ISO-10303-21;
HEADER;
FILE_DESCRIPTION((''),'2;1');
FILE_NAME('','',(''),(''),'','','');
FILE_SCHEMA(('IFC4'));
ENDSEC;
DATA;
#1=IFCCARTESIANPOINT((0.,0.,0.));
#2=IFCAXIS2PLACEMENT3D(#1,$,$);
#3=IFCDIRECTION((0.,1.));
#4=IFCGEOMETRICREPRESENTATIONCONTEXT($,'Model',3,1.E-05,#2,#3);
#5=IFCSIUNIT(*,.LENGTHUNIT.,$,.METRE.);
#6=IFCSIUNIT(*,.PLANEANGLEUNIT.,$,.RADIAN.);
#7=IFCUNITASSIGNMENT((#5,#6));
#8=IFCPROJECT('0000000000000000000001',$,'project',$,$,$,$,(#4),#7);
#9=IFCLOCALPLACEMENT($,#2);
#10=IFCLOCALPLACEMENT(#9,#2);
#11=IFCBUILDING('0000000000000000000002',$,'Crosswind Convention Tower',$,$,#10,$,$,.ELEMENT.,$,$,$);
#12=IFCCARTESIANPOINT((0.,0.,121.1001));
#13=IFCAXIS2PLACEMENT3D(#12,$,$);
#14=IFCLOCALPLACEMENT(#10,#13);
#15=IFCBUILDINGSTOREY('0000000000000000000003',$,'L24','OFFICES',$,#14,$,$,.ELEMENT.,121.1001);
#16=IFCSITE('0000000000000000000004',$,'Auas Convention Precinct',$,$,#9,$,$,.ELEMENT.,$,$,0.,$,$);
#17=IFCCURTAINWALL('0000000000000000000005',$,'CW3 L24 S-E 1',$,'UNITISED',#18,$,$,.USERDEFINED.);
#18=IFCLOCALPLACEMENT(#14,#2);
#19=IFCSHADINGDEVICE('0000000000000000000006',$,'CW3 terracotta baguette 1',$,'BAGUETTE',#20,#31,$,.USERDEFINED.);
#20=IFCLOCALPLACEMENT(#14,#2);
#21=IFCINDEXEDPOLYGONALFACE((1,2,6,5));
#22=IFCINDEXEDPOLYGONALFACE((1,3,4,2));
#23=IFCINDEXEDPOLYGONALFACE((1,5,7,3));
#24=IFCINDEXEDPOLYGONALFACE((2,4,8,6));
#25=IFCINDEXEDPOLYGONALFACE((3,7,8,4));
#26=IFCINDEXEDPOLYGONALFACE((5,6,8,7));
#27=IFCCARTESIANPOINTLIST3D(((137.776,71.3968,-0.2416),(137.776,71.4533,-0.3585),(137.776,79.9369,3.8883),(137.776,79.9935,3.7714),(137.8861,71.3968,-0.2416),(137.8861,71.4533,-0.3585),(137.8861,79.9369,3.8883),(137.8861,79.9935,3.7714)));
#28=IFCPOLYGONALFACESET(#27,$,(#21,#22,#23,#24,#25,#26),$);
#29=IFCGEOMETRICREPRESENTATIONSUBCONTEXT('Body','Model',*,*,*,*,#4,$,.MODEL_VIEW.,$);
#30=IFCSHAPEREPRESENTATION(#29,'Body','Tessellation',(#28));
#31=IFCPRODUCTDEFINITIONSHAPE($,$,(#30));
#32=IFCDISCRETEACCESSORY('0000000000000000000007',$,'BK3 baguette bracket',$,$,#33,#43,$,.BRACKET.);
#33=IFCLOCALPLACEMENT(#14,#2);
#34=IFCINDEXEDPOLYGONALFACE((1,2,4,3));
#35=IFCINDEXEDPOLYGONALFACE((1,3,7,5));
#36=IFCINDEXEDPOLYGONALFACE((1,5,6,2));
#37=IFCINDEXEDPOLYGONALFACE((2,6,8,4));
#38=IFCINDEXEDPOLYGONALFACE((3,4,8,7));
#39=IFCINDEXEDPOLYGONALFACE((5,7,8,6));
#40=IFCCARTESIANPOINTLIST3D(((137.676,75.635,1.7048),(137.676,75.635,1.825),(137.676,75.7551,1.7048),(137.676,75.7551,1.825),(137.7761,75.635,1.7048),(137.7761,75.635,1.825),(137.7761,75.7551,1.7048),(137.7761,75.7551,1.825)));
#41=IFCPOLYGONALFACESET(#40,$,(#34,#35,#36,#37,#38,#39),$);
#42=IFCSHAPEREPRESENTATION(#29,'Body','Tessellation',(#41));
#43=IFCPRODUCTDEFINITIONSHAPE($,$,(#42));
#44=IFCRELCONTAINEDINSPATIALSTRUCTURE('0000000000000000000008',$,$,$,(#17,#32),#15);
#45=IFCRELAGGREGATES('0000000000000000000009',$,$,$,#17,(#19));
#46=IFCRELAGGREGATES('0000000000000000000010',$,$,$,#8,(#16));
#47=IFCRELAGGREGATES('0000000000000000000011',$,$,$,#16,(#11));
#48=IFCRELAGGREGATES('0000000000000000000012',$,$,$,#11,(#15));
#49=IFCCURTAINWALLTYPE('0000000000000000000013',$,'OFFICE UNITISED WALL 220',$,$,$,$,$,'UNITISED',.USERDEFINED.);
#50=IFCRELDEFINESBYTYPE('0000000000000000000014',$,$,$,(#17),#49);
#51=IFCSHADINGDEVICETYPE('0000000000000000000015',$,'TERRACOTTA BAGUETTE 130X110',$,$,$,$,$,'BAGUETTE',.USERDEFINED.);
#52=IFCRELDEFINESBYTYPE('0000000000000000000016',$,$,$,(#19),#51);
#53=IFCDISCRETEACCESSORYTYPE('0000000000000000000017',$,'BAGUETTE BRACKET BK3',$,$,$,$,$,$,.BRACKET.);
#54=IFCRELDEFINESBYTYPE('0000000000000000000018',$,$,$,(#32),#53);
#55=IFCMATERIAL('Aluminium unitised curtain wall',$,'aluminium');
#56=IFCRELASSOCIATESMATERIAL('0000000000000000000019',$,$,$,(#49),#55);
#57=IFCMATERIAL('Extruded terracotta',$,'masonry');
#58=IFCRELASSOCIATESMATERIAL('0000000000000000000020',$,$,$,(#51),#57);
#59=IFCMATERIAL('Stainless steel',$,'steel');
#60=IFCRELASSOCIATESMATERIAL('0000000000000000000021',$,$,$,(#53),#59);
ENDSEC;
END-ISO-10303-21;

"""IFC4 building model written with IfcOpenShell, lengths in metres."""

from ifc_helpers import new_model, si_unit, direction, frame, origin, origin_2d, place, context, subcontext, project, spatial, rectangle, extrude, material, material_profile, profile_set, type_object, element, aggregate, save


model = new_model("IFC4")

# Units and contexts
model_context = context("Model", 3, precision=1e-05, world=origin(), true_north=direction((0.0, 1.0)))
body_context = subcontext(model_context, "Body", "Model", "MODEL_VIEW")
ifc_project = project(units=[si_unit("LENGTHUNIT", "METRE"), si_unit("PLANEANGLEUNIT", "RADIAN")], contexts=[model_context])

# Site, building, storey
site_placement = place(None, origin())
site = spatial("IfcSite", under=ifc_project, at=site_placement, Name="Auas Convention Precinct", CompositionType="ELEMENT", RefElevation=0.0)
building_placement = place(site_placement, origin())
building = spatial("IfcBuilding", under=site, at=building_placement, Name="Crosswind Convention Tower", CompositionType="ELEMENT")
storey_placement = place(building_placement, frame((0.0, 0.0, 121.1001)))
storey = spatial("IfcBuildingStorey", under=building, at=storey_placement, Name="L24", Description="OFFICES", CompositionType="ELEMENT", Elevation=121.1001)

# Shared definitions
ifc_material_1 = material(Name="Aluminium unitised curtain wall", Category="aluminium")

# Curtain wall
curtain_wall_type_1 = type_object("IfcCurtainWallType", Name="OFFICE UNITISED WALL 220", ElementType="UNITISED", PredefinedType="USERDEFINED", material=ifc_material_1)
curtain_wall_1_placement = place(storey_placement, origin())
curtain_wall_1 = element("IfcCurtainWall", 1, at=curtain_wall_1_placement, inside=storey, type_object=curtain_wall_type_1, Name="CW3 L24 S-E 1", ObjectType="UNITISED", PredefinedType="USERDEFINED")

# Shading device
ifc_material_2 = material(Name="Extruded terracotta", Category="masonry")
ifc_material_profile_1 = material_profile(ifc_material_2, rectangle(XDim=0.1101, YDim=0.1299, at=origin_2d()), Name="TC 110X130")
ifc_profile_set_1 = profile_set([ifc_material_profile_1], Name="Extruded terracotta")
shading_device_type = type_object("IfcShadingDeviceType", Name="TERRACOTTA BAGUETTE 130X110", ElementType="BAGUETTE", PredefinedType="USERDEFINED", material=ifc_profile_set_1)
shading_device_1_placement = place(storey_placement, frame((137.8311, 71.425, -0.3), z_axis=(0.0, 0.900258, 0.435356), x_axis=(-1.0, 0.0, 0.0)))
shading_device_1 = element("IfcShadingDevice", 2, at=shading_device_1_placement, type_object=shading_device_type, Name="CW3 terracotta baguette 1", ObjectType="BAGUETTE", PredefinedType="USERDEFINED", context=body_context, shape_type="SweptSolid", body=[
    extrude(rectangle(XDim=0.1101, YDim=0.1299, at=origin_2d()), origin(), (0.0, 0.0, 1.0), 9.4863),
])
aggregate(curtain_wall_1, [shading_device_1])

# Discrete accessory
ifc_material_3 = material(Name="Stainless steel", Category="steel")
discrete_accessory_type = type_object("IfcDiscreteAccessoryType", Name="BAGUETTE BRACKET BK3", PredefinedType="BRACKET", material=ifc_material_3)
discrete_accessory_placement = place(storey_placement, frame((137.7261, 75.6951, 1.7048), z_axis=(0.0, 0.0, 1.0), x_axis=(0.0, 1.0, 0.0)))
element("IfcDiscreteAccessory", 3, at=discrete_accessory_placement, inside=storey, type_object=discrete_accessory_type, Name="BK3 baguette bracket", PredefinedType="BRACKET", context=body_context, shape_type="SweptSolid", body=[
    extrude(rectangle(XDim=0.1201, YDim=0.1001, at=origin_2d()), origin(), (0.0, 0.0, 1.0), 0.1201),
])

save(model, "model.ifc")
